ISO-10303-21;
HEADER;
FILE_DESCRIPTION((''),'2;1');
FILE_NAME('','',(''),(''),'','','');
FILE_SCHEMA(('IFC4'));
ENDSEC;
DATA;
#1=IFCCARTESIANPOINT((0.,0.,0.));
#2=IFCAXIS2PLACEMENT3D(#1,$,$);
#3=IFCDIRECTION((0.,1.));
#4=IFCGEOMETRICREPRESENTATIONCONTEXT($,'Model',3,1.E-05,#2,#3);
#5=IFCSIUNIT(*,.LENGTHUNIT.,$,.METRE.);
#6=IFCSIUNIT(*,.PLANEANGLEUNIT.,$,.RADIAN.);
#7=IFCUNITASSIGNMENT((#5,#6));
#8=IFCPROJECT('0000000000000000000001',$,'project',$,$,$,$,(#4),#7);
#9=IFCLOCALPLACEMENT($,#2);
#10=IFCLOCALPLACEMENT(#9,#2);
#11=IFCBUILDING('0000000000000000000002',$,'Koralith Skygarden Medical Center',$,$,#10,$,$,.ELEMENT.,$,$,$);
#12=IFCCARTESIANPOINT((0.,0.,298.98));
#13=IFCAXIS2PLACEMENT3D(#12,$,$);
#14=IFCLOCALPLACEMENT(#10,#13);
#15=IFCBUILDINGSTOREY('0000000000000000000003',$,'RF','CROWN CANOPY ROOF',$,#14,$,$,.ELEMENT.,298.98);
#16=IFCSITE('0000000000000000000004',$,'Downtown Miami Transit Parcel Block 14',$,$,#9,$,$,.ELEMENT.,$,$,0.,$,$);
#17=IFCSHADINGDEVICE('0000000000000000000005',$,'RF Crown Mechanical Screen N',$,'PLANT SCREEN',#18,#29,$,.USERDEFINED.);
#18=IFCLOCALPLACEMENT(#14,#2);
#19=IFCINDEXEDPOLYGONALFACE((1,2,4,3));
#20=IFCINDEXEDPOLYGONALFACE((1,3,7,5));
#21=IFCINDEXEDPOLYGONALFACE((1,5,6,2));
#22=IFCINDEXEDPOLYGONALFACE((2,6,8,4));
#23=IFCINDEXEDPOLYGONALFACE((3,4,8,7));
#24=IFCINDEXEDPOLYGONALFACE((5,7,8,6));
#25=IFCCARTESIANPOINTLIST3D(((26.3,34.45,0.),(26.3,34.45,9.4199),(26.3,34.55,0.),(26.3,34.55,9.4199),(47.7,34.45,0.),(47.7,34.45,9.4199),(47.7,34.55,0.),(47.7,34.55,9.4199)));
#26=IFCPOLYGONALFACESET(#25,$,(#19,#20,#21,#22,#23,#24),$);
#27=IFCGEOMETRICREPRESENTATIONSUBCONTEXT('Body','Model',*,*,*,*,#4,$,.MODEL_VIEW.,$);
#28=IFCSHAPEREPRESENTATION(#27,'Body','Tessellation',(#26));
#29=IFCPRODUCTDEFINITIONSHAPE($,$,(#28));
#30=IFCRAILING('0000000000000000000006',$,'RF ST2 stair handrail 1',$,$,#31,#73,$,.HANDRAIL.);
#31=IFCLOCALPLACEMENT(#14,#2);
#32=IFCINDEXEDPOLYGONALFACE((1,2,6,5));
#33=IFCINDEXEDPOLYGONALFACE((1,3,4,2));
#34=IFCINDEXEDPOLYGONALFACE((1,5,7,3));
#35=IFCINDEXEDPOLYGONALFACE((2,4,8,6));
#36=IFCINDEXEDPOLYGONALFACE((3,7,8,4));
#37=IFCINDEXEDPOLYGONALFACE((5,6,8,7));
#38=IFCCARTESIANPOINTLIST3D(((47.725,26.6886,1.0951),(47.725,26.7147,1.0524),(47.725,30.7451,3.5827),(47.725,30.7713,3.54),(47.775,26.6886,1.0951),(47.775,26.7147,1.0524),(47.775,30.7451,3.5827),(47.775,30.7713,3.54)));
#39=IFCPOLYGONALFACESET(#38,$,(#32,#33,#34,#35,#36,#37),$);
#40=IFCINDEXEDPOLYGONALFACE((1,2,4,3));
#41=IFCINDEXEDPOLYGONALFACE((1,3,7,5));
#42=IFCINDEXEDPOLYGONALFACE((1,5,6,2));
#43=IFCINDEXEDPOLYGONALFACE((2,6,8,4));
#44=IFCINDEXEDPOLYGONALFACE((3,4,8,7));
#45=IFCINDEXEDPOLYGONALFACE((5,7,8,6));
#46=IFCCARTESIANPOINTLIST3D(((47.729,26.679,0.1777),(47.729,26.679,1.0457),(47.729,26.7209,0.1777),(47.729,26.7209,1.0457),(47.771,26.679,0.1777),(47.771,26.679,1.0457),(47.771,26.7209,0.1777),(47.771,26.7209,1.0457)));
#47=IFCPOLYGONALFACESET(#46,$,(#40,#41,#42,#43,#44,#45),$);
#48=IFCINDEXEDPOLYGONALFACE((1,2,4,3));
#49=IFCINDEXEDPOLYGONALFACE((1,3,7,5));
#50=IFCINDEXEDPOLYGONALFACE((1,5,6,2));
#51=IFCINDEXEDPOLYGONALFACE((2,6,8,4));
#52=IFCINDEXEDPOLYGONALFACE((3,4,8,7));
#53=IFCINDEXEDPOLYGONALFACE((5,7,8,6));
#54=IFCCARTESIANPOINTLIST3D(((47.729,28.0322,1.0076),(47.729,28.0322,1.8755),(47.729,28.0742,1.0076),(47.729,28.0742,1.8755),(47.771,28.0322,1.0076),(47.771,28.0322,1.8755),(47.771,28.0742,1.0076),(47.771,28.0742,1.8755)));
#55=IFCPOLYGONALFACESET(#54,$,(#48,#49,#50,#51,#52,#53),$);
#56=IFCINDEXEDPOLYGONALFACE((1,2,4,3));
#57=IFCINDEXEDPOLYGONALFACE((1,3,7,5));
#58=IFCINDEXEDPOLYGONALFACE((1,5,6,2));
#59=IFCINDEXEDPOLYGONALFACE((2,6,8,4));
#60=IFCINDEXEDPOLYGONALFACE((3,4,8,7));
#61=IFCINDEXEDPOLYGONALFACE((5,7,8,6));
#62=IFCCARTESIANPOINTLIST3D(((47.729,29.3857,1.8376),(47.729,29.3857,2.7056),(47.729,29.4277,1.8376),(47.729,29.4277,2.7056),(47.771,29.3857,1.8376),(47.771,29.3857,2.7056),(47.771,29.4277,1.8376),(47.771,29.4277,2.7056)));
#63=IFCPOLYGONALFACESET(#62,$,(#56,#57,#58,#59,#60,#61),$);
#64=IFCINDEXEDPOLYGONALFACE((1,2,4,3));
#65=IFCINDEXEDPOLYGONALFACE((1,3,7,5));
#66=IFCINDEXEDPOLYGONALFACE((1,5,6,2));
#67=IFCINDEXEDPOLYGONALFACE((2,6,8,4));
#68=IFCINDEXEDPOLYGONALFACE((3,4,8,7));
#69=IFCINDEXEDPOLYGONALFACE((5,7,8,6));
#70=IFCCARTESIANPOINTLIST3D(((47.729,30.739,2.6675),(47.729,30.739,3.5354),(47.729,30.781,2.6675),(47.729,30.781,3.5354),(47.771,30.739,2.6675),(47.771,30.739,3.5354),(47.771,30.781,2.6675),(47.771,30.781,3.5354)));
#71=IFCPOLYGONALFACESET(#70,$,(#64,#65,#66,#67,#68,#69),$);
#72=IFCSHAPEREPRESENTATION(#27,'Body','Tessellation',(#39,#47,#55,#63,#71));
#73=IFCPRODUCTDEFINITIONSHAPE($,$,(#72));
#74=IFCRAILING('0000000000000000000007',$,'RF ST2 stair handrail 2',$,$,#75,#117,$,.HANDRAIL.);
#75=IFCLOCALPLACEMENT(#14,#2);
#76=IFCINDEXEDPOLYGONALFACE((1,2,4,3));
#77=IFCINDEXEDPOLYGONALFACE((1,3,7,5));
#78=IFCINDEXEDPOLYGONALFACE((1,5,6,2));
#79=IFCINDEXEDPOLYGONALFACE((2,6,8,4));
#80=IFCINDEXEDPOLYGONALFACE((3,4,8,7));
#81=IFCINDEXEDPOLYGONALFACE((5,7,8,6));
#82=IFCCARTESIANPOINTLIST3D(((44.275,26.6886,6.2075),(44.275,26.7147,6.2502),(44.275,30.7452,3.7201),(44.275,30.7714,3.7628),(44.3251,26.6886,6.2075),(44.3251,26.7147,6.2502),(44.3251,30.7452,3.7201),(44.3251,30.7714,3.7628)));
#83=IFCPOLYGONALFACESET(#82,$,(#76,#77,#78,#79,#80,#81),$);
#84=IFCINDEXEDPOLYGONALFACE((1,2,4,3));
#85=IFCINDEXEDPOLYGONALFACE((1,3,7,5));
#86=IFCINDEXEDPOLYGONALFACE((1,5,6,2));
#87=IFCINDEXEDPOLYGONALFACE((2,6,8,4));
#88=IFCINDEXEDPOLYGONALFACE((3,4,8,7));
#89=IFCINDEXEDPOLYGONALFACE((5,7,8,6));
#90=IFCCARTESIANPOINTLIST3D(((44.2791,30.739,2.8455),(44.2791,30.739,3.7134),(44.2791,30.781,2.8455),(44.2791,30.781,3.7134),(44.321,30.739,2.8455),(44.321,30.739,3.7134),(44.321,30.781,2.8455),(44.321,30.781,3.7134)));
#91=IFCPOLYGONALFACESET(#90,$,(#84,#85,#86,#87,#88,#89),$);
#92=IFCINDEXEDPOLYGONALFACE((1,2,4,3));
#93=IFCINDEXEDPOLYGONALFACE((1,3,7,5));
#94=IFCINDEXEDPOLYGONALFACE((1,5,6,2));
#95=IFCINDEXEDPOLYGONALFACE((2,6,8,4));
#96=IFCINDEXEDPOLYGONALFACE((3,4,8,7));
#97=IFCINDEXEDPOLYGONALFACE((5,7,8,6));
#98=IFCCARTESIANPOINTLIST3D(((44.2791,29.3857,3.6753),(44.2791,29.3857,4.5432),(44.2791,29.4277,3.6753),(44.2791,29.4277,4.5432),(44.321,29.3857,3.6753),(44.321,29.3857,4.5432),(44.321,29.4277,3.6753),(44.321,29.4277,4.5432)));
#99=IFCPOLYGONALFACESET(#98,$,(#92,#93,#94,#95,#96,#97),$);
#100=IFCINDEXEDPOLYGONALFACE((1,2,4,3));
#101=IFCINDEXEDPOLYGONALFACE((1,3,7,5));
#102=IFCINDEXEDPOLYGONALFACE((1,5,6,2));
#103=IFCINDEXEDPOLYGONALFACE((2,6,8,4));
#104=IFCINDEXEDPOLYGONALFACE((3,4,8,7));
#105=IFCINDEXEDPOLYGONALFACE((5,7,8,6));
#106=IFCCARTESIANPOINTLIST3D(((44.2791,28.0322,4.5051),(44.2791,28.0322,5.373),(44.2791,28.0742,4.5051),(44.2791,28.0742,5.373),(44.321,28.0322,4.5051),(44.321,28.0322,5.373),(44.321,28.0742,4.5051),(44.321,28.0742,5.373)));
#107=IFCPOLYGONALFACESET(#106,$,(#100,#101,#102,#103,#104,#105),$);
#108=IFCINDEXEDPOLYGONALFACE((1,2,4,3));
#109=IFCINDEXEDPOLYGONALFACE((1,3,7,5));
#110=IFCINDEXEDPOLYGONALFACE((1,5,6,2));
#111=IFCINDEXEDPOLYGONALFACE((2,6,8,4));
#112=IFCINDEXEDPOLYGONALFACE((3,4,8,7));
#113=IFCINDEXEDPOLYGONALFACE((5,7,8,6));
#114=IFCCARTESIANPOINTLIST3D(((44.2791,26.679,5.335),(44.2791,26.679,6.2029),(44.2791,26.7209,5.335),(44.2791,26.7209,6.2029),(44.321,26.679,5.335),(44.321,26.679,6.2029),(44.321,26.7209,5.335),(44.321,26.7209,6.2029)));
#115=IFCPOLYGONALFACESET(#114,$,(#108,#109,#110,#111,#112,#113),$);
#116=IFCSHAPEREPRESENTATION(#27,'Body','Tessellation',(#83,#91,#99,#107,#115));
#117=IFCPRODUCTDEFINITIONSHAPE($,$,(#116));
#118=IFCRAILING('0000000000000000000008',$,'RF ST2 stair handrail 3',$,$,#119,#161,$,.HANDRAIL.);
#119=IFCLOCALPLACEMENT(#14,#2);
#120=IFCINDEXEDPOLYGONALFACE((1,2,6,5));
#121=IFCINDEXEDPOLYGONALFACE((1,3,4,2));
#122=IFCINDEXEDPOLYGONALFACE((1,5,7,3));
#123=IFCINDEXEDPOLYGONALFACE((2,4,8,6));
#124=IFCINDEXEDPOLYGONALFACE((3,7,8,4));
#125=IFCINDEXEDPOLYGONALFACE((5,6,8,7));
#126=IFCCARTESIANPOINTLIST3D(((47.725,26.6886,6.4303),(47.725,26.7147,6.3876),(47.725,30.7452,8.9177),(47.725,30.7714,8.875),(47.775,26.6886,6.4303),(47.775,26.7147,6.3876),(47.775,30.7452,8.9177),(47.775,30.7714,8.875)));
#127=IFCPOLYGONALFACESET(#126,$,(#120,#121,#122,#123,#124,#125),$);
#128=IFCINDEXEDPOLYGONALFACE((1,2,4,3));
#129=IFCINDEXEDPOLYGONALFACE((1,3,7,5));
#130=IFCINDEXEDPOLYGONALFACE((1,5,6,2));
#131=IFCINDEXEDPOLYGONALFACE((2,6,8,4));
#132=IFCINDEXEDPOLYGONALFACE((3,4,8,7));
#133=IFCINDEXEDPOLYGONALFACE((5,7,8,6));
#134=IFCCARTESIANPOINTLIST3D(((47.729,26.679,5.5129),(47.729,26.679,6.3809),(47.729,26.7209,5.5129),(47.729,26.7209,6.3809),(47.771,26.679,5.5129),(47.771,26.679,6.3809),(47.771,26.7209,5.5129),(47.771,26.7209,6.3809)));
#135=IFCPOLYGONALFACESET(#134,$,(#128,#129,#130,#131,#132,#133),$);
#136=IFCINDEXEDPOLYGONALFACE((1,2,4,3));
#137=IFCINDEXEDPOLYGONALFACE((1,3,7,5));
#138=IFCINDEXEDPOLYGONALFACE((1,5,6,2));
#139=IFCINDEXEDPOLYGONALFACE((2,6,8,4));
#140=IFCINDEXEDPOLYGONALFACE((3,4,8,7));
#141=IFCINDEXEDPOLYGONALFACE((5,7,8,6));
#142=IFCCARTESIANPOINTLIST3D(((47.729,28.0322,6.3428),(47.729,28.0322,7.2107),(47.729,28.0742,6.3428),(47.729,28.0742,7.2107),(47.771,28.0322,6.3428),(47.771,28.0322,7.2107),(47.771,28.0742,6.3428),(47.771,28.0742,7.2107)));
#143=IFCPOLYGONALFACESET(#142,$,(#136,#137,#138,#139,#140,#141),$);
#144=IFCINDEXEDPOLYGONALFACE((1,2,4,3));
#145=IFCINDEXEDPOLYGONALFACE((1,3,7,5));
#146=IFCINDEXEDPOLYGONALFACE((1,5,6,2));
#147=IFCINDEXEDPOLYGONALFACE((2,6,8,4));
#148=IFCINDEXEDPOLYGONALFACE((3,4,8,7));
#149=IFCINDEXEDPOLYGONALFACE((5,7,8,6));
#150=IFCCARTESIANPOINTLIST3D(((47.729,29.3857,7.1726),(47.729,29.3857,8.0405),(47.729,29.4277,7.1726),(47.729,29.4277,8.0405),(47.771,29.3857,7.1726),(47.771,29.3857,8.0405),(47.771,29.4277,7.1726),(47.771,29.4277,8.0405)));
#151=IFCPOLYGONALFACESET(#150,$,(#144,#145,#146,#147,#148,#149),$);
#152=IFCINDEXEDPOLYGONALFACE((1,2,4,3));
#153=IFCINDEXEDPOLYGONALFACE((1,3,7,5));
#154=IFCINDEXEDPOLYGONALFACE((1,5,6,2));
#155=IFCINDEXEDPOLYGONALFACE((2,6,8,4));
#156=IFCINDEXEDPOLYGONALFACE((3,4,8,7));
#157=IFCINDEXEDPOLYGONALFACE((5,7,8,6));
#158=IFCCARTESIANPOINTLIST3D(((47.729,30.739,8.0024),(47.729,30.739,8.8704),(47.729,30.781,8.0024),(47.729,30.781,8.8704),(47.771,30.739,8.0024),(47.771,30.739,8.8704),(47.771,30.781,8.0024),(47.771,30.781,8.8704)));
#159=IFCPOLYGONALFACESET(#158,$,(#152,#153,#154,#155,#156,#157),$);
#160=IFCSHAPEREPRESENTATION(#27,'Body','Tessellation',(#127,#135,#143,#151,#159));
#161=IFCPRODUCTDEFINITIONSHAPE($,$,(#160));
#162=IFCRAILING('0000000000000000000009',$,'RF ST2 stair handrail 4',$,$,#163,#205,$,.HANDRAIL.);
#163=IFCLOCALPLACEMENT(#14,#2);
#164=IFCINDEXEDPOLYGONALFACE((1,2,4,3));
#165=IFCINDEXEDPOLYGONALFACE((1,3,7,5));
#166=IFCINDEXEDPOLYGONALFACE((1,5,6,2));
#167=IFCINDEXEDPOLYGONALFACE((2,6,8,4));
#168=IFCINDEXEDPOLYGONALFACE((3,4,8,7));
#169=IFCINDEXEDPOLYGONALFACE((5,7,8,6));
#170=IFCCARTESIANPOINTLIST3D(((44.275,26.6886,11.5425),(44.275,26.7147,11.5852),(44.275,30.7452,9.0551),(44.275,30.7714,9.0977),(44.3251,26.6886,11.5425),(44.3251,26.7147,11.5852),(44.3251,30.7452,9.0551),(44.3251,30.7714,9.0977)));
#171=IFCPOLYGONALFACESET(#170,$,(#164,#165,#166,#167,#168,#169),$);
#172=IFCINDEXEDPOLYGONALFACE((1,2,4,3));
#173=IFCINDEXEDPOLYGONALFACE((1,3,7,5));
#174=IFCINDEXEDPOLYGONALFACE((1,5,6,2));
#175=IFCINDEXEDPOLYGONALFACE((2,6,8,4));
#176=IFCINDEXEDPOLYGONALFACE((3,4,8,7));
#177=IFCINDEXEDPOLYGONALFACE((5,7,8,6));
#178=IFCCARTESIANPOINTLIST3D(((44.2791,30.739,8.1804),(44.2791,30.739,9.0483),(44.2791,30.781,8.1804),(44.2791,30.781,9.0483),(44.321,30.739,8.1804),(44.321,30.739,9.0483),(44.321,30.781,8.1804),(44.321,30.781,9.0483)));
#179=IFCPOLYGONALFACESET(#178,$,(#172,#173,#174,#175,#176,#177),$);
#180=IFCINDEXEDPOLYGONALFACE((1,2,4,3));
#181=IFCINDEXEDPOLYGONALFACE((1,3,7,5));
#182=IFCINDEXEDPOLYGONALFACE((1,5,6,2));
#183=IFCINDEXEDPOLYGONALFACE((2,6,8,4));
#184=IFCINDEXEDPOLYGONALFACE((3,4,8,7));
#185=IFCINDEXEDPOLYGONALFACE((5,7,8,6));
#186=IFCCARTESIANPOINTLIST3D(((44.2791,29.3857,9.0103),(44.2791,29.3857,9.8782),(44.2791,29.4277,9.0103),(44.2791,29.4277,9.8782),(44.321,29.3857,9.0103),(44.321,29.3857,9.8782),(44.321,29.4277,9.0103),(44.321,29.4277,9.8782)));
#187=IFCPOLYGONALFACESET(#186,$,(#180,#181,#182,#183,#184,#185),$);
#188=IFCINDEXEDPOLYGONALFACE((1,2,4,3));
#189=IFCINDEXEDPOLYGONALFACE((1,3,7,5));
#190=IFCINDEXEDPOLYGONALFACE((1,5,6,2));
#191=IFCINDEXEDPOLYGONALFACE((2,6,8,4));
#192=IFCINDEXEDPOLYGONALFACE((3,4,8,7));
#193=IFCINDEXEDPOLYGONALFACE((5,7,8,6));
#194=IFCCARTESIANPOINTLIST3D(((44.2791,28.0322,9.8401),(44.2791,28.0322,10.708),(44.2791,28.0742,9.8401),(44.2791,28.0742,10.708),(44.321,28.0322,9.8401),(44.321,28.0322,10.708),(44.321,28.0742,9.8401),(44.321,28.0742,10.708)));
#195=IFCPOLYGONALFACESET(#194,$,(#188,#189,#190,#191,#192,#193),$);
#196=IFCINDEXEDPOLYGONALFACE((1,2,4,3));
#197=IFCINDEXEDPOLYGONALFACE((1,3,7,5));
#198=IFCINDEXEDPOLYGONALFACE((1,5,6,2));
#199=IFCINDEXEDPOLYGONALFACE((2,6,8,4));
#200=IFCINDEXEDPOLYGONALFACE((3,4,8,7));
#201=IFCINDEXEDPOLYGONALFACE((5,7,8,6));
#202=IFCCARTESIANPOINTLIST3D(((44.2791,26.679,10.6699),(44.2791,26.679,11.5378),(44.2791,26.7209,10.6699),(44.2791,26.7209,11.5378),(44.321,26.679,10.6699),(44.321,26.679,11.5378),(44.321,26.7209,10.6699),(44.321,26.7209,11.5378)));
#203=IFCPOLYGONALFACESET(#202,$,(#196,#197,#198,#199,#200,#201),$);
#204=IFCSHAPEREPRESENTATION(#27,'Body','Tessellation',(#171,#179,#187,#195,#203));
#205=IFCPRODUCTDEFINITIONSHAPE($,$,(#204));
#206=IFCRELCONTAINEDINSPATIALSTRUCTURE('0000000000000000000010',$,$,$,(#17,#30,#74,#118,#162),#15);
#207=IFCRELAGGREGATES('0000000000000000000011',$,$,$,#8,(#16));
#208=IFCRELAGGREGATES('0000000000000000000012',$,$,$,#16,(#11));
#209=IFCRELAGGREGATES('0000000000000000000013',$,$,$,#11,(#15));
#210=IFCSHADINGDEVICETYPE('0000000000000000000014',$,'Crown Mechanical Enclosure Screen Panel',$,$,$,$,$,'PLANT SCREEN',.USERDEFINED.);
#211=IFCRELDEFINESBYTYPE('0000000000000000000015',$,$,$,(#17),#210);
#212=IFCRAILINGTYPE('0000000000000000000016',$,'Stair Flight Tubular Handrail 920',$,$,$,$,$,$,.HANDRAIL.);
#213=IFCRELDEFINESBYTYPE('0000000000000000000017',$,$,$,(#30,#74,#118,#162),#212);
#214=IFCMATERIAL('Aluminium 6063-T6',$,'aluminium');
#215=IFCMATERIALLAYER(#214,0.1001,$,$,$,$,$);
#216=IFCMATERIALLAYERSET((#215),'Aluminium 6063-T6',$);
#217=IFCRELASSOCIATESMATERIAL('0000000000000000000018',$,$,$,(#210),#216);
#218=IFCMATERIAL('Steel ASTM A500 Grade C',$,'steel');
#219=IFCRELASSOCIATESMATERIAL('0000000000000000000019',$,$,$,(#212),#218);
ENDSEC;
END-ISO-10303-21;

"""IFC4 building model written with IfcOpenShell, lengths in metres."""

from ifc_helpers import new_model, si_unit, direction, frame, origin, origin_2d, place, context, subcontext, project, spatial, rectangle, extrude, material, layer, layer_set, type_object, element, save


model = new_model("IFC4")

# Units and contexts
model_context = context("Model", 3, precision=1e-05, world=origin(), true_north=direction((0.0, 1.0)))
body_context = subcontext(model_context, "Body", "Model", "MODEL_VIEW")
ifc_project = project(units=[si_unit("LENGTHUNIT", "METRE"), si_unit("PLANEANGLEUNIT", "RADIAN")], contexts=[model_context])

# Site, building, storey
site_placement = place(None, origin())
site = spatial("IfcSite", under=ifc_project, at=site_placement, Name="Downtown Miami Transit Parcel Block 14", CompositionType="ELEMENT", RefElevation=0.0)
building_placement = place(site_placement, origin())
building = spatial("IfcBuilding", under=site, at=building_placement, Name="Koralith Skygarden Medical Center", CompositionType="ELEMENT")
storey_placement = place(building_placement, frame((0.0, 0.0, 298.98)))
storey = spatial("IfcBuildingStorey", under=building, at=storey_placement, Name="RF", Description="CROWN CANOPY ROOF", CompositionType="ELEMENT", Elevation=298.98)

# Shared definitions
ifc_material_1 = material(Name="Steel ASTM A500 Grade C", Category="steel")

# Shading device
ifc_material_2 = material(Name="Aluminium 6063-T6", Category="aluminium")
ifc_layer_1 = layer(ifc_material_2, 0.1001)
ifc_layer_set_1 = layer_set([ifc_layer_1], Name="Aluminium 6063-T6")
shading_device_type = type_object("IfcShadingDeviceType", Name="Crown Mechanical Enclosure Screen Panel", ElementType="PLANT SCREEN", PredefinedType="USERDEFINED", material=ifc_layer_set_1)
shading_device_placement = place(storey_placement, frame((37.0, 34.5, 0.0), z_axis=(0.0, 0.0, 1.0), x_axis=(1.0, 0.0, 0.0)))
element("IfcShadingDevice", 1, at=shading_device_placement, inside=storey, type_object=shading_device_type, Name="RF Crown Mechanical Screen N", ObjectType="PLANT SCREEN", PredefinedType="USERDEFINED", context=body_context, shape_type="SweptSolid", body=[
    extrude(rectangle(XDim=21.3999, YDim=0.1001, at=origin_2d()), origin(), (0.0, 0.0, 1.0), 9.4199),
])

# Railings
railing_type_1 = type_object("IfcRailingType", Name="Stair Flight Tubular Handrail 920", PredefinedType="HANDRAIL", material=ifc_material_1)
railing_1_placement = place(storey_placement, frame((47.75, 26.7, 0.1777)))
element("IfcRailing", 2, at=railing_1_placement, inside=storey, type_object=railing_type_1, Name="RF ST2 stair handrail 1", PredefinedType="HANDRAIL", context=body_context, shape_type="SweptSolid", body=[
    extrude(rectangle(XDim=0.05, YDim=0.05, at=origin_2d()), frame((0.0, 0.0017, 0.896), z_axis=(0.0, 0.852477, 0.522764), x_axis=(-1.0, 0.0, 0.0)), (0.0, 0.0, 1.0), 4.7585),
    extrude(rectangle(XDim=0.042, YDim=0.042, at=origin_2d()), origin(), (0.0, 0.0, 1.0), 0.8679),
    extrude(rectangle(XDim=0.042, YDim=0.042, at=origin_2d()), frame((0.0, 1.3533, 0.8298)), (0.0, 0.0, 1.0), 0.8679),
    extrude(rectangle(XDim=0.042, YDim=0.042, at=origin_2d()), frame((0.0, 2.7068, 1.6599)), (0.0, 0.0, 1.0), 0.8679),
    extrude(rectangle(XDim=0.042, YDim=0.042, at=origin_2d()), frame((0.0, 4.0601, 2.4897)), (0.0, 0.0, 1.0), 0.8679),
])
railing_2_placement = place(storey_placement, frame((44.3, 30.76, 2.8455)))
element("IfcRailing", 3, at=railing_2_placement, inside=storey, type_object=railing_type_1, Name="RF ST2 stair handrail 2", PredefinedType="HANDRAIL", context=body_context, shape_type="SweptSolid", body=[
    extrude(rectangle(XDim=0.05, YDim=0.05, at=origin_2d()), frame((0.0, -0.0017, 0.896), z_axis=(0.0, -0.8525, 0.522727), x_axis=(1.0, 0.0, 0.0)), (0.0, 0.0, 1.0), 4.7585),
    extrude(rectangle(XDim=0.042, YDim=0.042, at=origin_2d()), origin(), (0.0, 0.0, 1.0), 0.8679),
    extrude(rectangle(XDim=0.042, YDim=0.042, at=origin_2d()), frame((0.0, -1.3533, 0.8298)), (0.0, 0.0, 1.0), 0.8679),
    extrude(rectangle(XDim=0.042, YDim=0.042, at=origin_2d()), frame((0.0, -2.7068, 1.6597)), (0.0, 0.0, 1.0), 0.8679),
    extrude(rectangle(XDim=0.042, YDim=0.042, at=origin_2d()), frame((0.0, -4.0601, 2.4895)), (0.0, 0.0, 1.0), 0.8679),
])
railing_3_placement = place(storey_placement, frame((47.75, 26.7, 5.5129)))
element("IfcRailing", 4, at=railing_3_placement, inside=storey, type_object=railing_type_1, Name="RF ST2 stair handrail 3", PredefinedType="HANDRAIL", context=body_context, shape_type="SweptSolid", body=[
    extrude(rectangle(XDim=0.05, YDim=0.05, at=origin_2d()), frame((0.0, 0.0017, 0.896), z_axis=(0.0, 0.8525, 0.522727), x_axis=(-1.0, 0.0, 0.0)), (0.0, 0.0, 1.0), 4.7585),
    extrude(rectangle(XDim=0.042, YDim=0.042, at=origin_2d()), origin(), (0.0, 0.0, 1.0), 0.8679),
    extrude(rectangle(XDim=0.042, YDim=0.042, at=origin_2d()), frame((0.0, 1.3533, 0.8298)), (0.0, 0.0, 1.0), 0.8679),
    extrude(rectangle(XDim=0.042, YDim=0.042, at=origin_2d()), frame((0.0, 2.7068, 1.6597)), (0.0, 0.0, 1.0), 0.8679),
    extrude(rectangle(XDim=0.042, YDim=0.042, at=origin_2d()), frame((0.0, 4.0601, 2.4895)), (0.0, 0.0, 1.0), 0.8679),
])
railing_4_placement = place(storey_placement, frame((44.3, 30.76, 8.1804)))
element("IfcRailing", 5, at=railing_4_placement, inside=storey, type_object=railing_type_1, Name="RF ST2 stair handrail 4", PredefinedType="HANDRAIL", context=body_context, shape_type="SweptSolid", body=[
    extrude(rectangle(XDim=0.05, YDim=0.05, at=origin_2d()), frame((0.0, -0.0017, 0.896), z_axis=(0.0, -0.8525, 0.522727), x_axis=(1.0, 0.0, 0.0)), (0.0, 0.0, 1.0), 4.7585),
    extrude(rectangle(XDim=0.042, YDim=0.042, at=origin_2d()), origin(), (0.0, 0.0, 1.0), 0.8679),
    extrude(rectangle(XDim=0.042, YDim=0.042, at=origin_2d()), frame((0.0, -1.3533, 0.8298)), (0.0, 0.0, 1.0), 0.8679),
    extrude(rectangle(XDim=0.042, YDim=0.042, at=origin_2d()), frame((0.0, -2.7068, 1.6597)), (0.0, 0.0, 1.0), 0.8679),
    extrude(rectangle(XDim=0.042, YDim=0.042, at=origin_2d()), frame((0.0, -4.0601, 2.4895)), (0.0, 0.0, 1.0), 0.8679),
])

save(model, "model.ifc")
